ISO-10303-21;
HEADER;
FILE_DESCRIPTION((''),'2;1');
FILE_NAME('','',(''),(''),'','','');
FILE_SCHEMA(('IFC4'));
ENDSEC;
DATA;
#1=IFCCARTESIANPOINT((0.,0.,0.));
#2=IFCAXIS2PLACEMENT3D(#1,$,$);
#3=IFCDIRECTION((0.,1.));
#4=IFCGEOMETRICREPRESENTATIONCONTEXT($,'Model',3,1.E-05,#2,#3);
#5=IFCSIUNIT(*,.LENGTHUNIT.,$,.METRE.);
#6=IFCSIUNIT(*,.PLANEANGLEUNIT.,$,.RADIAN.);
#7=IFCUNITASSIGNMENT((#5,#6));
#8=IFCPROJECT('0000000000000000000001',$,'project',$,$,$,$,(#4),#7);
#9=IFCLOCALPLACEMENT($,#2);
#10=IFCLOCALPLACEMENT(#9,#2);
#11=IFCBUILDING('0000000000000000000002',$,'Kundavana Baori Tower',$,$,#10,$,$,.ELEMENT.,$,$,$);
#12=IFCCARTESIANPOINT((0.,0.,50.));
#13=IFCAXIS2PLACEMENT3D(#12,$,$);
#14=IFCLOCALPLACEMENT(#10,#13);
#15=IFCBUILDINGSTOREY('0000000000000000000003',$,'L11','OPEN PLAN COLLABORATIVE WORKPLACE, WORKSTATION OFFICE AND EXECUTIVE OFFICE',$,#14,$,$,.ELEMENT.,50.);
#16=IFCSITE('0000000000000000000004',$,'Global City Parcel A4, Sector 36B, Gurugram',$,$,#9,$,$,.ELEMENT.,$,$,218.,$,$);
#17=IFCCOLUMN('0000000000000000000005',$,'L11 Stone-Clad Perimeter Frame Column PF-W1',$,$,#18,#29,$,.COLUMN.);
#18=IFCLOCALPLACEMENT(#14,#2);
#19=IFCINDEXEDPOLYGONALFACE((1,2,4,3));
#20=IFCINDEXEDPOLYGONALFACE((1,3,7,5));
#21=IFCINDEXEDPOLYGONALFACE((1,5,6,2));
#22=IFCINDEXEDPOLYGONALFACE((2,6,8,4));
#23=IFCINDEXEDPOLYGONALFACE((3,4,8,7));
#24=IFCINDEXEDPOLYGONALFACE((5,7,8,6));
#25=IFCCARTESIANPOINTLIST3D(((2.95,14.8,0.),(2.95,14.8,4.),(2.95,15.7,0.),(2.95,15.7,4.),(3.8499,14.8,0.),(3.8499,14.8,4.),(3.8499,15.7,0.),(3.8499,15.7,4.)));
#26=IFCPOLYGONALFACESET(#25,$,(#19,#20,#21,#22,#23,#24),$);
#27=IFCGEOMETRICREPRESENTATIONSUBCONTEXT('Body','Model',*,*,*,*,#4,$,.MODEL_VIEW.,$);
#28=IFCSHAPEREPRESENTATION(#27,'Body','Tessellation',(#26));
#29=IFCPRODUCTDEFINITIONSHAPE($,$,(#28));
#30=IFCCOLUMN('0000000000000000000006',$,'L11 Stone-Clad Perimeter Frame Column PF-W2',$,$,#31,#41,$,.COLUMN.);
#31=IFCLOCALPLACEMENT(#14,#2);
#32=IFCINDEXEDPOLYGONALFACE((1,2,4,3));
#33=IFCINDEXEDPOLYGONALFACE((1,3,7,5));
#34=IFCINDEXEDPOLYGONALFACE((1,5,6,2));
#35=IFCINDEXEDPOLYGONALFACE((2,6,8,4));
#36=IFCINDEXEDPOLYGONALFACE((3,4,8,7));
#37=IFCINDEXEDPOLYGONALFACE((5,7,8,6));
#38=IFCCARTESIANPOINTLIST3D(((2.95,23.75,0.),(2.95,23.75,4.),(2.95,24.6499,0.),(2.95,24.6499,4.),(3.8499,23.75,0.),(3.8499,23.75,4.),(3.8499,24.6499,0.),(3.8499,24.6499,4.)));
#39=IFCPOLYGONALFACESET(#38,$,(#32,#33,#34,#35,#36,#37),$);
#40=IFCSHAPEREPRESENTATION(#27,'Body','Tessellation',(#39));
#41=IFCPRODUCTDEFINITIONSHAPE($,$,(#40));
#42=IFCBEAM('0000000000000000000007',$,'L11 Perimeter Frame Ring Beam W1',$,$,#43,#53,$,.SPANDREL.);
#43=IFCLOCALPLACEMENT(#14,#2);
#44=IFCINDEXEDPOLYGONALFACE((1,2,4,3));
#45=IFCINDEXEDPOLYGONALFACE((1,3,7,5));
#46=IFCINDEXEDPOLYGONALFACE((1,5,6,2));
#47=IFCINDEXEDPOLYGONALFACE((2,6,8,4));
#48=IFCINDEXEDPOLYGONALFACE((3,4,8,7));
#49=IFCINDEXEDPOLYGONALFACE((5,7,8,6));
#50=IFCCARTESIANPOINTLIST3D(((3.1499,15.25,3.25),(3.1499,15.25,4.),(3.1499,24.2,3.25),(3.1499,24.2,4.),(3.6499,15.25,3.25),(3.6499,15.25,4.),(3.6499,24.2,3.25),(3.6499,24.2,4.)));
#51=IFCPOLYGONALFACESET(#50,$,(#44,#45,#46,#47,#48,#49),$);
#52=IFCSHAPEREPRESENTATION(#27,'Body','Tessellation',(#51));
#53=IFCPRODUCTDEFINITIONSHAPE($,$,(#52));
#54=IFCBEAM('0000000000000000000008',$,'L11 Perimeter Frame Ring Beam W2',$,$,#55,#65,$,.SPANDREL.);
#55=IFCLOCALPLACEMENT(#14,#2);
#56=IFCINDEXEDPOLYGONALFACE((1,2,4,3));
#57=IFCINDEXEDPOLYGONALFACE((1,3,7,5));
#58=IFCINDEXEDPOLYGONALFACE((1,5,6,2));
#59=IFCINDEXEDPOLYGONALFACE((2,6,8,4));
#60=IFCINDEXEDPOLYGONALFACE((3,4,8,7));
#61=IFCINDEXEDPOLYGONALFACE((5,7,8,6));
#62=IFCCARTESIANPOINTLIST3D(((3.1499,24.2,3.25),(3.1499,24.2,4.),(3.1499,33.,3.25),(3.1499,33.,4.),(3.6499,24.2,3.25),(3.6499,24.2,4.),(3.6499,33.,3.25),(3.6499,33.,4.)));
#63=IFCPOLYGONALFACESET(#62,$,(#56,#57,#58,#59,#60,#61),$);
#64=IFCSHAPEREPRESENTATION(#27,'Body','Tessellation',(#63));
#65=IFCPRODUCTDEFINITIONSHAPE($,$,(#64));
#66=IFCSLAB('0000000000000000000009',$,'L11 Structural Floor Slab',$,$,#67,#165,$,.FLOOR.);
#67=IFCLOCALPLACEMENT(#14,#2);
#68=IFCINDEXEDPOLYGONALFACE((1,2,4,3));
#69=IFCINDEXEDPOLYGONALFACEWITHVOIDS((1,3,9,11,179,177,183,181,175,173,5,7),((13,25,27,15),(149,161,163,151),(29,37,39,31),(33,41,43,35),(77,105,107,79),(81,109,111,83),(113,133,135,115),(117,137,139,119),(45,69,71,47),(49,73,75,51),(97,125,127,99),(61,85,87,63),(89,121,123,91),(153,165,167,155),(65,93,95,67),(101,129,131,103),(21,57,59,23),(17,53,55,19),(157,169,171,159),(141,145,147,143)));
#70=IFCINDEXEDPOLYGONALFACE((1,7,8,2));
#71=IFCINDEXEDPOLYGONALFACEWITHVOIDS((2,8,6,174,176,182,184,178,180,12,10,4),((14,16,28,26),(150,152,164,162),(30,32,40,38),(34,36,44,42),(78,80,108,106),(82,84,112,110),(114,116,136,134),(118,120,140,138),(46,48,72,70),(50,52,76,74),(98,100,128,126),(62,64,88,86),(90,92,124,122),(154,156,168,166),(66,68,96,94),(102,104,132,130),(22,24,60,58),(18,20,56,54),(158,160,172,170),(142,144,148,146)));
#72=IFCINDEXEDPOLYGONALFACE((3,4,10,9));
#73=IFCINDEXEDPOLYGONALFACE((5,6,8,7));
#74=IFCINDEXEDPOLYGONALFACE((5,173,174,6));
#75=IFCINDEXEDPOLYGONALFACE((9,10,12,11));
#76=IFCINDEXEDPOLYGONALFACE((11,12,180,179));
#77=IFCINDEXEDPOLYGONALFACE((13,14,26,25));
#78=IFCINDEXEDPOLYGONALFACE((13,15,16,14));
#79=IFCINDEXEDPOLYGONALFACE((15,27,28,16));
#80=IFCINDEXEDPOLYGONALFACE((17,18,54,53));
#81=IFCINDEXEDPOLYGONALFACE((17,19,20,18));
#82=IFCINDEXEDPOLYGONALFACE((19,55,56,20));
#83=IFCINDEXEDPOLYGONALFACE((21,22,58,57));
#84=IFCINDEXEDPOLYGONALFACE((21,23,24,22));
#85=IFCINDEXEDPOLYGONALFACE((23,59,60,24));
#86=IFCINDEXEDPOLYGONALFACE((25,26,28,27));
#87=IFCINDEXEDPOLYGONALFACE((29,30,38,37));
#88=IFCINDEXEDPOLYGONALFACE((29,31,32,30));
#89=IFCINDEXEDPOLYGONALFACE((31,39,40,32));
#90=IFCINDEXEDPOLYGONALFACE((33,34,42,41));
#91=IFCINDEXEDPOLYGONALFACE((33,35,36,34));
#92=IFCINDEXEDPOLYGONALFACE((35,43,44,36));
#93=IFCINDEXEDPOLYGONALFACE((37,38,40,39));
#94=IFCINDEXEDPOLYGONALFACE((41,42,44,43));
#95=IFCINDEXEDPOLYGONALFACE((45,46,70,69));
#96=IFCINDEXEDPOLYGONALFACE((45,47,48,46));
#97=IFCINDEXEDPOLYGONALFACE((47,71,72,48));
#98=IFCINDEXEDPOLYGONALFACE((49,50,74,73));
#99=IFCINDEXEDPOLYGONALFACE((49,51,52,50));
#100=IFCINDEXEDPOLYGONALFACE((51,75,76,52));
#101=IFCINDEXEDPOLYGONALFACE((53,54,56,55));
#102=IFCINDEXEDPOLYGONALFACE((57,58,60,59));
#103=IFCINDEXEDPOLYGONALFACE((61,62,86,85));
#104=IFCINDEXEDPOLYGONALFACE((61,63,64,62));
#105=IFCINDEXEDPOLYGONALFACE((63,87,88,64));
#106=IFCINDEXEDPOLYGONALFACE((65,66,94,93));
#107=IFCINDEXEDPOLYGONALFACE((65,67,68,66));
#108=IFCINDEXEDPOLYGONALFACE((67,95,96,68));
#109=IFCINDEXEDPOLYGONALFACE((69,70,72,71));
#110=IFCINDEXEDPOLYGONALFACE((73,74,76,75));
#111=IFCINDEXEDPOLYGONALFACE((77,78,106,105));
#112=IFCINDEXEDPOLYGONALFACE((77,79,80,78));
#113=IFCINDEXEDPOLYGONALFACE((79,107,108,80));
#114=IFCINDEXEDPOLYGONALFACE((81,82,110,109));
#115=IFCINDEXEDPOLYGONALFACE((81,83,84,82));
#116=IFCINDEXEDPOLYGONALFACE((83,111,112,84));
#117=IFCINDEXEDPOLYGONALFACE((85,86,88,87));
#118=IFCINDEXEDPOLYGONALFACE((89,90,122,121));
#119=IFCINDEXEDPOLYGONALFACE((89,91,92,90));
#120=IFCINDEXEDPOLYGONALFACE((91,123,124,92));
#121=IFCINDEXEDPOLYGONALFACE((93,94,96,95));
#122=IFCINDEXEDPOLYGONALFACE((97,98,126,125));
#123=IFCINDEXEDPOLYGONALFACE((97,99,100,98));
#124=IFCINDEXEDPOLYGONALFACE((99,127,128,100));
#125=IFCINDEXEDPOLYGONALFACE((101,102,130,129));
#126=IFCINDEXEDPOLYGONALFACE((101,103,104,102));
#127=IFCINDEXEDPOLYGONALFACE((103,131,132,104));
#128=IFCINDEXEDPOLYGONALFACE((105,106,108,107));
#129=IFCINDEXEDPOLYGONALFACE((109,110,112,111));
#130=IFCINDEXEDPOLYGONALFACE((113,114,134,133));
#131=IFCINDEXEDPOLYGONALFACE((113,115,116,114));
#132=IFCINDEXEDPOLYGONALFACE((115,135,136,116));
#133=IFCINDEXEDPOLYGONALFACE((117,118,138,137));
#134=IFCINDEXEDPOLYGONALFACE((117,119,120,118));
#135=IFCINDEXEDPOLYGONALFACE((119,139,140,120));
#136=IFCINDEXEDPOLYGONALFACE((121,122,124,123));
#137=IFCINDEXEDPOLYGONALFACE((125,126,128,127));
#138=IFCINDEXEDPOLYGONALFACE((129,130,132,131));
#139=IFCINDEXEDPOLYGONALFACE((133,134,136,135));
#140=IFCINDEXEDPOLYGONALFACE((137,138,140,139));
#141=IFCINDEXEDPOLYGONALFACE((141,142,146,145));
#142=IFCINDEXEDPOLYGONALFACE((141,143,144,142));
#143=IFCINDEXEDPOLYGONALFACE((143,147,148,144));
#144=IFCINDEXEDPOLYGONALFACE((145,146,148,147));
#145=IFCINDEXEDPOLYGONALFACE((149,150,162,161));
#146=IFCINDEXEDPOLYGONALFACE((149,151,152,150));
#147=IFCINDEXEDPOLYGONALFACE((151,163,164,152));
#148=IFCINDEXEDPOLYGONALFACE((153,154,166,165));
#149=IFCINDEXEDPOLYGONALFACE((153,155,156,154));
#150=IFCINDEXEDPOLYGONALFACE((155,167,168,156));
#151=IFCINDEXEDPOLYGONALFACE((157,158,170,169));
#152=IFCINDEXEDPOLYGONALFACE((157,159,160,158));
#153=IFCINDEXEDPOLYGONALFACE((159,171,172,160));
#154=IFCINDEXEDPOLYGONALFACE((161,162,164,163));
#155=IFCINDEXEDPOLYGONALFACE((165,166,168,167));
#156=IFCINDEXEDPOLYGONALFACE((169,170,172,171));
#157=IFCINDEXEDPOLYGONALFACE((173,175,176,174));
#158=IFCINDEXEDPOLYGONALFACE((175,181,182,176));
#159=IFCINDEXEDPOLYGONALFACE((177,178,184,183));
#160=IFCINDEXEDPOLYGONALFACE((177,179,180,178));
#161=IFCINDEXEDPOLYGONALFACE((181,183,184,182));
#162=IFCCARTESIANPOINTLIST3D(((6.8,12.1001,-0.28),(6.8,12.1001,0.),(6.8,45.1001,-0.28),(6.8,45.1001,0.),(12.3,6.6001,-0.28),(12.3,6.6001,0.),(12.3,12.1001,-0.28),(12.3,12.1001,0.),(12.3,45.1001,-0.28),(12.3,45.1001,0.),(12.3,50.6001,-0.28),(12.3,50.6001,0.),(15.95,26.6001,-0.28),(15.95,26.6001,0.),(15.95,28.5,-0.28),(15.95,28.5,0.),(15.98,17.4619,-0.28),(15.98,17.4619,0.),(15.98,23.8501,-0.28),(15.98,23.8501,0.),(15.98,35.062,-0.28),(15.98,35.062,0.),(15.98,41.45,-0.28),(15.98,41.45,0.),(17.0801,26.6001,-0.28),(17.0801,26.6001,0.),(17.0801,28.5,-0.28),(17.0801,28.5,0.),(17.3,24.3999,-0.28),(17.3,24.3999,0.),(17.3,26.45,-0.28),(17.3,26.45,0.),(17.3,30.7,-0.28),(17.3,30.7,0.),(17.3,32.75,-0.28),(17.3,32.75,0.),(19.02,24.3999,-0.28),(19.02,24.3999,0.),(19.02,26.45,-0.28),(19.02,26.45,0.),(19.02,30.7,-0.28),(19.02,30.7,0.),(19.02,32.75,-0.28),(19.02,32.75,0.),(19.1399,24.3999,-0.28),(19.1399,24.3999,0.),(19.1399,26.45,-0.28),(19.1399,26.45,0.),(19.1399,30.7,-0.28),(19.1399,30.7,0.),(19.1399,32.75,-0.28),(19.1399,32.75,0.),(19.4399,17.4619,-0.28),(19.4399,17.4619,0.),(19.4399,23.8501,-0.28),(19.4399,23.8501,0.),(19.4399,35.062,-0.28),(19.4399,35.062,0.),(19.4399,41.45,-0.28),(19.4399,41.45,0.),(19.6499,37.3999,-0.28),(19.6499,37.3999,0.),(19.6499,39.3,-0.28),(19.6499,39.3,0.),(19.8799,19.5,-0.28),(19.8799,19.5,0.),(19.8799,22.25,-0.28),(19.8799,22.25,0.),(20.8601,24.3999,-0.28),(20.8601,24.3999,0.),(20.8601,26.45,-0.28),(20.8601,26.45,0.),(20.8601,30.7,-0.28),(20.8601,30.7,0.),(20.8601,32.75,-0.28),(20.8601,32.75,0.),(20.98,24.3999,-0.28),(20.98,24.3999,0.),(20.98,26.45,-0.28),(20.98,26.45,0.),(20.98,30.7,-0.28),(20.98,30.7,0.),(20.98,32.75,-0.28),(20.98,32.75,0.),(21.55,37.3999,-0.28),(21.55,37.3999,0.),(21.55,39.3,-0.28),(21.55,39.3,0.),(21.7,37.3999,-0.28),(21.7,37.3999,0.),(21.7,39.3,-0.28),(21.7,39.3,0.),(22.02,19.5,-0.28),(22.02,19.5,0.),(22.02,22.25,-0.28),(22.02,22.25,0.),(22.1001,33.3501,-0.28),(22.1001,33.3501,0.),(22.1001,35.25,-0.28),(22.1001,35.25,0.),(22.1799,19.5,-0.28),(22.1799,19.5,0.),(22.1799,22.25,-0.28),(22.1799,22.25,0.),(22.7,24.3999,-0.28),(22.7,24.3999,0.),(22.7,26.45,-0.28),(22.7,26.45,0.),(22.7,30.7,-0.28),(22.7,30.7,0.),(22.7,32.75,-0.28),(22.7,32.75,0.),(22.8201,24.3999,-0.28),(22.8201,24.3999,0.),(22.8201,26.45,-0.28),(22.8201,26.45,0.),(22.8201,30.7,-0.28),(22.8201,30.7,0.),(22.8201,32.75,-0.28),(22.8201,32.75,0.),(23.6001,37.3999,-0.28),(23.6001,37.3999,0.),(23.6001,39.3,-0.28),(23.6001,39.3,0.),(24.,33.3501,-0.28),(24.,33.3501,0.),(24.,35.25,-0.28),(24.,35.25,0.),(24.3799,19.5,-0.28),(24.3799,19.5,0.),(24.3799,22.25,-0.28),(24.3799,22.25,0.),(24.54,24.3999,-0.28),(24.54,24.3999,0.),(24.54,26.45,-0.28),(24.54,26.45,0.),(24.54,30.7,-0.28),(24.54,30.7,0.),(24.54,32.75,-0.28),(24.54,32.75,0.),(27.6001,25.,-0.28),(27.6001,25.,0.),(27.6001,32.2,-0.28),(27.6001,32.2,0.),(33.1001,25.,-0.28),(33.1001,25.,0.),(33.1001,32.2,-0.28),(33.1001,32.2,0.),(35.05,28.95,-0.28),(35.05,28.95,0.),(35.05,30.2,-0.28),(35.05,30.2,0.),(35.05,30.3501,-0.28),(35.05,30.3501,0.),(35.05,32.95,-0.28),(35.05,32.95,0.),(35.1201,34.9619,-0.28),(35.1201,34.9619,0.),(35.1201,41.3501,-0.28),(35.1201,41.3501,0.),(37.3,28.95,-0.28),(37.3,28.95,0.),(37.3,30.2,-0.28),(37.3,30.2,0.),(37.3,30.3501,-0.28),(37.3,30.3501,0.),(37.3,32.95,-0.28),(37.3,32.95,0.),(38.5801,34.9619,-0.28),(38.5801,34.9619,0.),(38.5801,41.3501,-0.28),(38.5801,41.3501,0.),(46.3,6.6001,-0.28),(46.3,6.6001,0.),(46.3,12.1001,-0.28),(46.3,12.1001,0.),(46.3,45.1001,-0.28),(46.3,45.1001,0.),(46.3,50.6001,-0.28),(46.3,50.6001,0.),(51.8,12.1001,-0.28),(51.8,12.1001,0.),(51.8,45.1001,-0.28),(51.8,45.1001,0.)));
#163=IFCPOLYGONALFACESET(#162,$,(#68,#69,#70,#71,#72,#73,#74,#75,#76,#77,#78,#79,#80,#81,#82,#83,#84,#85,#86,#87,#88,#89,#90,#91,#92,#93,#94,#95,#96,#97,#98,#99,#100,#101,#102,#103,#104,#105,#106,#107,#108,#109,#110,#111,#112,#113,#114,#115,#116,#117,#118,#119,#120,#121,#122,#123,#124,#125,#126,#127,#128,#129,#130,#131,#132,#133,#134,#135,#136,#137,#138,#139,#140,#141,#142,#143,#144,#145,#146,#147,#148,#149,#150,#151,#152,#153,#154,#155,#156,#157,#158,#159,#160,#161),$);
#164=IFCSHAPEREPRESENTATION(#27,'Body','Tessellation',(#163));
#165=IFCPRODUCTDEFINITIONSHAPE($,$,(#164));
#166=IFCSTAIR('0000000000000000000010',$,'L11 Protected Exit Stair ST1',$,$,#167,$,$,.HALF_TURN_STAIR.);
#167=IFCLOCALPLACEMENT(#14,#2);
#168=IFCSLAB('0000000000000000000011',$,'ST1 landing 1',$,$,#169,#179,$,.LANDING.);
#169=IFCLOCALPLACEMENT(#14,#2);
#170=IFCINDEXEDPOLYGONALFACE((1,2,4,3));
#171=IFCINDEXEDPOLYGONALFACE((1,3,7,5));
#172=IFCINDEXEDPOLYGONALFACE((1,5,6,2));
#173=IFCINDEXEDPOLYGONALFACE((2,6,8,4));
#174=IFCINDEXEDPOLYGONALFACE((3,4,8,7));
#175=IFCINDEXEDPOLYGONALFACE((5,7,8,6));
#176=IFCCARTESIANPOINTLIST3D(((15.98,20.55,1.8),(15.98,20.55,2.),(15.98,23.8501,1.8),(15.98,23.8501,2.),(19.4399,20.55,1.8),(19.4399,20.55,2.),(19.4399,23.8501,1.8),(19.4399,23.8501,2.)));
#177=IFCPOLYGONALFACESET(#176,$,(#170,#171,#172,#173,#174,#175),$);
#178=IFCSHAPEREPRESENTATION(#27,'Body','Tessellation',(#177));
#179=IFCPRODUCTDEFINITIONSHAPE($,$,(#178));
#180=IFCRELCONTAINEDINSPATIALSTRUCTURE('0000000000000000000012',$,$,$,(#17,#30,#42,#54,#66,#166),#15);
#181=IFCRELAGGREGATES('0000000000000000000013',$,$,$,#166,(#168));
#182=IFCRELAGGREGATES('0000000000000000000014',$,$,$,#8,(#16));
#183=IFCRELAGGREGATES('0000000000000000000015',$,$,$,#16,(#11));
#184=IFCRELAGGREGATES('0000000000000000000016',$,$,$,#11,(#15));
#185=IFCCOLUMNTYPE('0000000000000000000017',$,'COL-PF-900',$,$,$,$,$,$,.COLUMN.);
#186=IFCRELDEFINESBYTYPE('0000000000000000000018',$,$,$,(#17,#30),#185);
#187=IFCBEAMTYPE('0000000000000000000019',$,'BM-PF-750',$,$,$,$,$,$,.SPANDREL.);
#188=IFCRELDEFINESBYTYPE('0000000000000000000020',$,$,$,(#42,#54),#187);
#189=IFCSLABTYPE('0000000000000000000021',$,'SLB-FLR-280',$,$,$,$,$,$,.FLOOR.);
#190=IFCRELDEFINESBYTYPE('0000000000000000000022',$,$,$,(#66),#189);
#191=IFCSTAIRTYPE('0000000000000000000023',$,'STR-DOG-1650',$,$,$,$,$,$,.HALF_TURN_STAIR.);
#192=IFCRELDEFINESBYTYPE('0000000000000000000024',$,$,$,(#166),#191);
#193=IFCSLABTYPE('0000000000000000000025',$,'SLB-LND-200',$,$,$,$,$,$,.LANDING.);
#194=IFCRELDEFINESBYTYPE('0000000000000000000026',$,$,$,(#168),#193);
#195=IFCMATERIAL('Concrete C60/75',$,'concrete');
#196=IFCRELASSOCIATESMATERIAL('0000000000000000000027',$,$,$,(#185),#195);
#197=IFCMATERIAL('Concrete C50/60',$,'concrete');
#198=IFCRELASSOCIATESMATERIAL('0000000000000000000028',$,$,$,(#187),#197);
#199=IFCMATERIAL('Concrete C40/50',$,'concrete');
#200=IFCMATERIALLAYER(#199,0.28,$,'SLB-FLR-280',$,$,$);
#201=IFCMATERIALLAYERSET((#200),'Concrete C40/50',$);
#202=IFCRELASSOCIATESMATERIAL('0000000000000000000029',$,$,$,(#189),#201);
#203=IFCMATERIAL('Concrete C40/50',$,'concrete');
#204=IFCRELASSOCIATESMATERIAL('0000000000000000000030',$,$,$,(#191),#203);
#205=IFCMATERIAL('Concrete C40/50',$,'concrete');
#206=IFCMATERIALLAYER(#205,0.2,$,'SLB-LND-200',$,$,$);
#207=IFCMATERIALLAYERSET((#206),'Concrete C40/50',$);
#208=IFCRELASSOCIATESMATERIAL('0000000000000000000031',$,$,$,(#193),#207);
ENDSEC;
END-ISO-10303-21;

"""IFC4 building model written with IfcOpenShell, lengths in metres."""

from ifc_helpers import new_model, si_unit, direction, frame, origin, origin_2d, place, context, subcontext, project, spatial, polyline, rectangle, outline, extrude, material, layer, layer_set, material_profile, profile_set, type_object, element, aggregate, save


model = new_model("IFC4")

# Units and contexts
model_context = context("Model", 3, precision=1e-05, world=origin(), true_north=direction((0.0, 1.0)))
body_context = subcontext(model_context, "Body", "Model", "MODEL_VIEW")
ifc_project = project(units=[si_unit("LENGTHUNIT", "METRE"), si_unit("PLANEANGLEUNIT", "RADIAN")], contexts=[model_context])

# Site, building, storey
site_placement = place(None, origin())
site = spatial("IfcSite", under=ifc_project, at=site_placement, Name="Global City Parcel A4, Sector 36B, Gurugram", CompositionType="ELEMENT", RefElevation=218.0)
building_placement = place(site_placement, origin())
building = spatial("IfcBuilding", under=site, at=building_placement, Name="Kundavana Baori Tower", CompositionType="ELEMENT")
storey_placement = place(building_placement, frame((0.0, 0.0, 50.0)))
storey = spatial("IfcBuildingStorey", under=building, at=storey_placement, Name="L11", Description="OPEN PLAN COLLABORATIVE WORKPLACE, WORKSTATION OFFICE AND EXECUTIVE OFFICE", CompositionType="ELEMENT", Elevation=50.0)

# Columns
ifc_material_1 = material(Name="Concrete C60/75", Category="concrete")
ifc_material_profile_1 = material_profile(ifc_material_1, rectangle(XDim=0.8999, YDim=0.8999, at=origin_2d()), Name="RC PF 900x900")
ifc_profile_set_1 = profile_set([ifc_material_profile_1], Name="Concrete C60/75")
column_type = type_object("IfcColumnType", Name="COL-PF-900", PredefinedType="COLUMN", material=ifc_profile_set_1)
for number, where, z_axis, x_axis, name in (
    (1, (3.3999, 15.25, 0.0), (0.0, 0.0, 1.0), (1.0, 0.0, 0.0), "L11 Stone-Clad Perimeter Frame Column PF-W1"),
    (2, (3.3999, 24.2, 0.0), (0.0, 0.0, 1.0), (1.0, 0.0, 0.0), "L11 Stone-Clad Perimeter Frame Column PF-W2"),
):
    element("IfcColumn", number, at=place(storey_placement, frame(where, z_axis=z_axis, x_axis=x_axis)), inside=storey, type_object=column_type, Name=name, PredefinedType="COLUMN", context=body_context, shape_type="SweptSolid", body=[
        extrude(rectangle(XDim=0.8999, YDim=0.8999, at=origin_2d()), origin(), (0.0, 0.0, 1.0), 4.0),
    ])

# Beams
ifc_material_2 = material(Name="Concrete C50/60", Category="concrete")
ifc_material_profile_2 = material_profile(ifc_material_2, rectangle(XDim=0.5, YDim=0.75, at=origin_2d()), Name="RC BM 500x750")
ifc_profile_set_2 = profile_set([ifc_material_profile_2], Name="Concrete C50/60")
beam_type = type_object("IfcBeamType", Name="BM-PF-750", PredefinedType="SPANDREL", material=ifc_profile_set_2)
beam_1_placement = place(storey_placement, frame((3.3999, 15.25, 3.625), z_axis=(0.0, 1.0, 0.0), x_axis=(-1.0, 0.0, 0.0)))
element("IfcBeam", 3, at=beam_1_placement, inside=storey, type_object=beam_type, Name="L11 Perimeter Frame Ring Beam W1", PredefinedType="SPANDREL", context=body_context, shape_type="SweptSolid", body=[
    extrude(rectangle(XDim=0.5, YDim=0.75, at=origin_2d()), origin(), (0.0, 0.0, 1.0), 8.95),
])
beam_2_placement = place(storey_placement, frame((3.3999, 24.2, 3.625), z_axis=(0.0, 1.0, 0.0), x_axis=(-1.0, 0.0, 0.0)))
element("IfcBeam", 4, at=beam_2_placement, inside=storey, type_object=beam_type, Name="L11 Perimeter Frame Ring Beam W2", PredefinedType="SPANDREL", context=body_context, shape_type="SweptSolid", body=[
    extrude(rectangle(XDim=0.5, YDim=0.75, at=origin_2d()), origin(), (0.0, 0.0, 1.0), 8.8),
])

# Slab
ifc_material_3 = material(Name="Concrete C40/50", Category="concrete")
ifc_layer_1 = layer(ifc_material_3, 0.28, Name="SLB-FLR-280")
ifc_layer_set_1 = layer_set([ifc_layer_1], Name="Concrete C40/50")
slab_type_1 = type_object("IfcSlabType", Name="SLB-FLR-280", PredefinedType="FLOOR", material=ifc_layer_set_1)
slab_1_placement = place(storey_placement, frame((0.0, 0.0, -0.28)))
element("IfcSlab", 5, at=slab_1_placement, inside=storey, type_object=slab_type_1, Name="L11 Structural Floor Slab", PredefinedType="FLOOR", context=body_context, shape_type="SweptSolid", body=[
    extrude(outline(polyline([(12.3, 6.6001), (46.3, 6.6001), (46.3, 12.1001), (51.8, 12.1001), (51.8, 45.1001), (46.3, 45.1001), (46.3, 50.6001), (12.3, 50.6001), (12.3, 45.1001), (6.8, 45.1001), (6.8, 12.1001), (12.3, 12.1001), (12.3, 6.6001)]), holes=[polyline([(19.4399, 17.4619), (19.4399, 23.8501), (15.98, 23.8501), (15.98, 17.4619), (19.4399, 17.4619)]), polyline([(19.4399, 35.062), (19.4399, 41.45), (15.98, 41.45), (15.98, 35.062), (19.4399, 35.062)]), polyline([(38.5801, 34.9619), (38.5801, 41.3501), (35.1201, 41.3501), (35.1201, 34.9619), (38.5801, 34.9619)]), polyline([(17.3, 24.3999), (19.02, 24.3999), (19.02, 26.45), (17.3, 26.45), (17.3, 24.3999)]), polyline([(19.1399, 24.3999), (20.8601, 24.3999), (20.8601, 26.45), (19.1399, 26.45), (19.1399, 24.3999)]), polyline([(20.98, 24.3999), (22.7, 24.3999), (22.7, 26.45), (20.98, 26.45), (20.98, 24.3999)]), polyline([(22.8201, 24.3999), (24.54, 24.3999), (24.54, 26.45), (22.8201, 26.45), (22.8201, 24.3999)]), polyline([(17.3, 30.7), (19.02, 30.7), (19.02, 32.75), (17.3, 32.75), (17.3, 30.7)]), polyline([(19.1399, 30.7), (20.8601, 30.7), (20.8601, 32.75), (19.1399, 32.75), (19.1399, 30.7)]), polyline([(20.98, 30.7), (22.7, 30.7), (22.7, 32.75), (20.98, 32.75), (20.98, 30.7)]), polyline([(22.8201, 30.7), (24.54, 30.7), (24.54, 32.75), (22.8201, 32.75), (22.8201, 30.7)]), polyline([(19.6499, 37.3999), (21.55, 37.3999), (21.55, 39.3), (19.6499, 39.3), (19.6499, 37.3999)]), polyline([(21.7, 37.3999), (23.6001, 37.3999), (23.6001, 39.3), (21.7, 39.3), (21.7, 37.3999)]), polyline([(22.1001, 33.3501), (24.0, 33.3501), (24.0, 35.25), (22.1001, 35.25), (22.1001, 33.3501)]), polyline([(19.8799, 19.5), (22.02, 19.5), (22.02, 22.25), (19.8799, 22.25), (19.8799, 19.5)]), polyline([(22.1799, 19.5), (24.3799, 19.5), (24.3799, 22.25), (22.1799, 22.25), (22.1799, 19.5)]), polyline([(35.05, 30.3501), (37.3, 30.3501), (37.3, 32.95), (35.05, 32.95), (35.05, 30.3501)]), polyline([(15.95, 26.6001), (17.0801, 26.6001), (17.0801, 28.5), (15.95, 28.5), (15.95, 26.6001)]), polyline([(35.05, 28.95), (37.3, 28.95), (37.3, 30.2), (35.05, 30.2), (35.05, 28.95)]), polyline([(27.6001, 25.0), (33.1001, 25.0), (33.1001, 32.2), (27.6001, 32.2), (27.6001, 25.0)])]), origin(), (0.0, 0.0, 1.0), 0.28),
])

# Stair, slab
ifc_material_4 = material(Name="Concrete C40/50", Category="concrete")
stair_type = type_object("IfcStairType", Name="STR-DOG-1650", PredefinedType="HALF_TURN_STAIR", material=ifc_material_4)
stair_1_placement = place(storey_placement, origin())
stair_1 = element("IfcStair", 6, at=stair_1_placement, inside=storey, type_object=stair_type, Name="L11 Protected Exit Stair ST1", PredefinedType="HALF_TURN_STAIR")
ifc_material_5 = material(Name="Concrete C40/50", Category="concrete")
ifc_layer_2 = layer(ifc_material_5, 0.2, Name="SLB-LND-200")
ifc_layer_set_2 = layer_set([ifc_layer_2], Name="Concrete C40/50")
slab_type_2 = type_object("IfcSlabType", Name="SLB-LND-200", PredefinedType="LANDING", material=ifc_layer_set_2)
slab_2_placement = place(storey_placement, frame((0.0, 0.0, 1.8)))
slab_2 = element("IfcSlab", 7, at=slab_2_placement, type_object=slab_type_2, Name="ST1 landing 1", PredefinedType="LANDING", context=body_context, shape_type="SweptSolid", body=[
    extrude(outline(polyline([(19.4399, 20.55), (19.4399, 23.8501), (15.98, 23.8501), (15.98, 20.55), (19.4399, 20.55)])), origin(), (0.0, 0.0, 1.0), 0.2),
])
aggregate(stair_1, [slab_2])

save(model, "model.ifc")
